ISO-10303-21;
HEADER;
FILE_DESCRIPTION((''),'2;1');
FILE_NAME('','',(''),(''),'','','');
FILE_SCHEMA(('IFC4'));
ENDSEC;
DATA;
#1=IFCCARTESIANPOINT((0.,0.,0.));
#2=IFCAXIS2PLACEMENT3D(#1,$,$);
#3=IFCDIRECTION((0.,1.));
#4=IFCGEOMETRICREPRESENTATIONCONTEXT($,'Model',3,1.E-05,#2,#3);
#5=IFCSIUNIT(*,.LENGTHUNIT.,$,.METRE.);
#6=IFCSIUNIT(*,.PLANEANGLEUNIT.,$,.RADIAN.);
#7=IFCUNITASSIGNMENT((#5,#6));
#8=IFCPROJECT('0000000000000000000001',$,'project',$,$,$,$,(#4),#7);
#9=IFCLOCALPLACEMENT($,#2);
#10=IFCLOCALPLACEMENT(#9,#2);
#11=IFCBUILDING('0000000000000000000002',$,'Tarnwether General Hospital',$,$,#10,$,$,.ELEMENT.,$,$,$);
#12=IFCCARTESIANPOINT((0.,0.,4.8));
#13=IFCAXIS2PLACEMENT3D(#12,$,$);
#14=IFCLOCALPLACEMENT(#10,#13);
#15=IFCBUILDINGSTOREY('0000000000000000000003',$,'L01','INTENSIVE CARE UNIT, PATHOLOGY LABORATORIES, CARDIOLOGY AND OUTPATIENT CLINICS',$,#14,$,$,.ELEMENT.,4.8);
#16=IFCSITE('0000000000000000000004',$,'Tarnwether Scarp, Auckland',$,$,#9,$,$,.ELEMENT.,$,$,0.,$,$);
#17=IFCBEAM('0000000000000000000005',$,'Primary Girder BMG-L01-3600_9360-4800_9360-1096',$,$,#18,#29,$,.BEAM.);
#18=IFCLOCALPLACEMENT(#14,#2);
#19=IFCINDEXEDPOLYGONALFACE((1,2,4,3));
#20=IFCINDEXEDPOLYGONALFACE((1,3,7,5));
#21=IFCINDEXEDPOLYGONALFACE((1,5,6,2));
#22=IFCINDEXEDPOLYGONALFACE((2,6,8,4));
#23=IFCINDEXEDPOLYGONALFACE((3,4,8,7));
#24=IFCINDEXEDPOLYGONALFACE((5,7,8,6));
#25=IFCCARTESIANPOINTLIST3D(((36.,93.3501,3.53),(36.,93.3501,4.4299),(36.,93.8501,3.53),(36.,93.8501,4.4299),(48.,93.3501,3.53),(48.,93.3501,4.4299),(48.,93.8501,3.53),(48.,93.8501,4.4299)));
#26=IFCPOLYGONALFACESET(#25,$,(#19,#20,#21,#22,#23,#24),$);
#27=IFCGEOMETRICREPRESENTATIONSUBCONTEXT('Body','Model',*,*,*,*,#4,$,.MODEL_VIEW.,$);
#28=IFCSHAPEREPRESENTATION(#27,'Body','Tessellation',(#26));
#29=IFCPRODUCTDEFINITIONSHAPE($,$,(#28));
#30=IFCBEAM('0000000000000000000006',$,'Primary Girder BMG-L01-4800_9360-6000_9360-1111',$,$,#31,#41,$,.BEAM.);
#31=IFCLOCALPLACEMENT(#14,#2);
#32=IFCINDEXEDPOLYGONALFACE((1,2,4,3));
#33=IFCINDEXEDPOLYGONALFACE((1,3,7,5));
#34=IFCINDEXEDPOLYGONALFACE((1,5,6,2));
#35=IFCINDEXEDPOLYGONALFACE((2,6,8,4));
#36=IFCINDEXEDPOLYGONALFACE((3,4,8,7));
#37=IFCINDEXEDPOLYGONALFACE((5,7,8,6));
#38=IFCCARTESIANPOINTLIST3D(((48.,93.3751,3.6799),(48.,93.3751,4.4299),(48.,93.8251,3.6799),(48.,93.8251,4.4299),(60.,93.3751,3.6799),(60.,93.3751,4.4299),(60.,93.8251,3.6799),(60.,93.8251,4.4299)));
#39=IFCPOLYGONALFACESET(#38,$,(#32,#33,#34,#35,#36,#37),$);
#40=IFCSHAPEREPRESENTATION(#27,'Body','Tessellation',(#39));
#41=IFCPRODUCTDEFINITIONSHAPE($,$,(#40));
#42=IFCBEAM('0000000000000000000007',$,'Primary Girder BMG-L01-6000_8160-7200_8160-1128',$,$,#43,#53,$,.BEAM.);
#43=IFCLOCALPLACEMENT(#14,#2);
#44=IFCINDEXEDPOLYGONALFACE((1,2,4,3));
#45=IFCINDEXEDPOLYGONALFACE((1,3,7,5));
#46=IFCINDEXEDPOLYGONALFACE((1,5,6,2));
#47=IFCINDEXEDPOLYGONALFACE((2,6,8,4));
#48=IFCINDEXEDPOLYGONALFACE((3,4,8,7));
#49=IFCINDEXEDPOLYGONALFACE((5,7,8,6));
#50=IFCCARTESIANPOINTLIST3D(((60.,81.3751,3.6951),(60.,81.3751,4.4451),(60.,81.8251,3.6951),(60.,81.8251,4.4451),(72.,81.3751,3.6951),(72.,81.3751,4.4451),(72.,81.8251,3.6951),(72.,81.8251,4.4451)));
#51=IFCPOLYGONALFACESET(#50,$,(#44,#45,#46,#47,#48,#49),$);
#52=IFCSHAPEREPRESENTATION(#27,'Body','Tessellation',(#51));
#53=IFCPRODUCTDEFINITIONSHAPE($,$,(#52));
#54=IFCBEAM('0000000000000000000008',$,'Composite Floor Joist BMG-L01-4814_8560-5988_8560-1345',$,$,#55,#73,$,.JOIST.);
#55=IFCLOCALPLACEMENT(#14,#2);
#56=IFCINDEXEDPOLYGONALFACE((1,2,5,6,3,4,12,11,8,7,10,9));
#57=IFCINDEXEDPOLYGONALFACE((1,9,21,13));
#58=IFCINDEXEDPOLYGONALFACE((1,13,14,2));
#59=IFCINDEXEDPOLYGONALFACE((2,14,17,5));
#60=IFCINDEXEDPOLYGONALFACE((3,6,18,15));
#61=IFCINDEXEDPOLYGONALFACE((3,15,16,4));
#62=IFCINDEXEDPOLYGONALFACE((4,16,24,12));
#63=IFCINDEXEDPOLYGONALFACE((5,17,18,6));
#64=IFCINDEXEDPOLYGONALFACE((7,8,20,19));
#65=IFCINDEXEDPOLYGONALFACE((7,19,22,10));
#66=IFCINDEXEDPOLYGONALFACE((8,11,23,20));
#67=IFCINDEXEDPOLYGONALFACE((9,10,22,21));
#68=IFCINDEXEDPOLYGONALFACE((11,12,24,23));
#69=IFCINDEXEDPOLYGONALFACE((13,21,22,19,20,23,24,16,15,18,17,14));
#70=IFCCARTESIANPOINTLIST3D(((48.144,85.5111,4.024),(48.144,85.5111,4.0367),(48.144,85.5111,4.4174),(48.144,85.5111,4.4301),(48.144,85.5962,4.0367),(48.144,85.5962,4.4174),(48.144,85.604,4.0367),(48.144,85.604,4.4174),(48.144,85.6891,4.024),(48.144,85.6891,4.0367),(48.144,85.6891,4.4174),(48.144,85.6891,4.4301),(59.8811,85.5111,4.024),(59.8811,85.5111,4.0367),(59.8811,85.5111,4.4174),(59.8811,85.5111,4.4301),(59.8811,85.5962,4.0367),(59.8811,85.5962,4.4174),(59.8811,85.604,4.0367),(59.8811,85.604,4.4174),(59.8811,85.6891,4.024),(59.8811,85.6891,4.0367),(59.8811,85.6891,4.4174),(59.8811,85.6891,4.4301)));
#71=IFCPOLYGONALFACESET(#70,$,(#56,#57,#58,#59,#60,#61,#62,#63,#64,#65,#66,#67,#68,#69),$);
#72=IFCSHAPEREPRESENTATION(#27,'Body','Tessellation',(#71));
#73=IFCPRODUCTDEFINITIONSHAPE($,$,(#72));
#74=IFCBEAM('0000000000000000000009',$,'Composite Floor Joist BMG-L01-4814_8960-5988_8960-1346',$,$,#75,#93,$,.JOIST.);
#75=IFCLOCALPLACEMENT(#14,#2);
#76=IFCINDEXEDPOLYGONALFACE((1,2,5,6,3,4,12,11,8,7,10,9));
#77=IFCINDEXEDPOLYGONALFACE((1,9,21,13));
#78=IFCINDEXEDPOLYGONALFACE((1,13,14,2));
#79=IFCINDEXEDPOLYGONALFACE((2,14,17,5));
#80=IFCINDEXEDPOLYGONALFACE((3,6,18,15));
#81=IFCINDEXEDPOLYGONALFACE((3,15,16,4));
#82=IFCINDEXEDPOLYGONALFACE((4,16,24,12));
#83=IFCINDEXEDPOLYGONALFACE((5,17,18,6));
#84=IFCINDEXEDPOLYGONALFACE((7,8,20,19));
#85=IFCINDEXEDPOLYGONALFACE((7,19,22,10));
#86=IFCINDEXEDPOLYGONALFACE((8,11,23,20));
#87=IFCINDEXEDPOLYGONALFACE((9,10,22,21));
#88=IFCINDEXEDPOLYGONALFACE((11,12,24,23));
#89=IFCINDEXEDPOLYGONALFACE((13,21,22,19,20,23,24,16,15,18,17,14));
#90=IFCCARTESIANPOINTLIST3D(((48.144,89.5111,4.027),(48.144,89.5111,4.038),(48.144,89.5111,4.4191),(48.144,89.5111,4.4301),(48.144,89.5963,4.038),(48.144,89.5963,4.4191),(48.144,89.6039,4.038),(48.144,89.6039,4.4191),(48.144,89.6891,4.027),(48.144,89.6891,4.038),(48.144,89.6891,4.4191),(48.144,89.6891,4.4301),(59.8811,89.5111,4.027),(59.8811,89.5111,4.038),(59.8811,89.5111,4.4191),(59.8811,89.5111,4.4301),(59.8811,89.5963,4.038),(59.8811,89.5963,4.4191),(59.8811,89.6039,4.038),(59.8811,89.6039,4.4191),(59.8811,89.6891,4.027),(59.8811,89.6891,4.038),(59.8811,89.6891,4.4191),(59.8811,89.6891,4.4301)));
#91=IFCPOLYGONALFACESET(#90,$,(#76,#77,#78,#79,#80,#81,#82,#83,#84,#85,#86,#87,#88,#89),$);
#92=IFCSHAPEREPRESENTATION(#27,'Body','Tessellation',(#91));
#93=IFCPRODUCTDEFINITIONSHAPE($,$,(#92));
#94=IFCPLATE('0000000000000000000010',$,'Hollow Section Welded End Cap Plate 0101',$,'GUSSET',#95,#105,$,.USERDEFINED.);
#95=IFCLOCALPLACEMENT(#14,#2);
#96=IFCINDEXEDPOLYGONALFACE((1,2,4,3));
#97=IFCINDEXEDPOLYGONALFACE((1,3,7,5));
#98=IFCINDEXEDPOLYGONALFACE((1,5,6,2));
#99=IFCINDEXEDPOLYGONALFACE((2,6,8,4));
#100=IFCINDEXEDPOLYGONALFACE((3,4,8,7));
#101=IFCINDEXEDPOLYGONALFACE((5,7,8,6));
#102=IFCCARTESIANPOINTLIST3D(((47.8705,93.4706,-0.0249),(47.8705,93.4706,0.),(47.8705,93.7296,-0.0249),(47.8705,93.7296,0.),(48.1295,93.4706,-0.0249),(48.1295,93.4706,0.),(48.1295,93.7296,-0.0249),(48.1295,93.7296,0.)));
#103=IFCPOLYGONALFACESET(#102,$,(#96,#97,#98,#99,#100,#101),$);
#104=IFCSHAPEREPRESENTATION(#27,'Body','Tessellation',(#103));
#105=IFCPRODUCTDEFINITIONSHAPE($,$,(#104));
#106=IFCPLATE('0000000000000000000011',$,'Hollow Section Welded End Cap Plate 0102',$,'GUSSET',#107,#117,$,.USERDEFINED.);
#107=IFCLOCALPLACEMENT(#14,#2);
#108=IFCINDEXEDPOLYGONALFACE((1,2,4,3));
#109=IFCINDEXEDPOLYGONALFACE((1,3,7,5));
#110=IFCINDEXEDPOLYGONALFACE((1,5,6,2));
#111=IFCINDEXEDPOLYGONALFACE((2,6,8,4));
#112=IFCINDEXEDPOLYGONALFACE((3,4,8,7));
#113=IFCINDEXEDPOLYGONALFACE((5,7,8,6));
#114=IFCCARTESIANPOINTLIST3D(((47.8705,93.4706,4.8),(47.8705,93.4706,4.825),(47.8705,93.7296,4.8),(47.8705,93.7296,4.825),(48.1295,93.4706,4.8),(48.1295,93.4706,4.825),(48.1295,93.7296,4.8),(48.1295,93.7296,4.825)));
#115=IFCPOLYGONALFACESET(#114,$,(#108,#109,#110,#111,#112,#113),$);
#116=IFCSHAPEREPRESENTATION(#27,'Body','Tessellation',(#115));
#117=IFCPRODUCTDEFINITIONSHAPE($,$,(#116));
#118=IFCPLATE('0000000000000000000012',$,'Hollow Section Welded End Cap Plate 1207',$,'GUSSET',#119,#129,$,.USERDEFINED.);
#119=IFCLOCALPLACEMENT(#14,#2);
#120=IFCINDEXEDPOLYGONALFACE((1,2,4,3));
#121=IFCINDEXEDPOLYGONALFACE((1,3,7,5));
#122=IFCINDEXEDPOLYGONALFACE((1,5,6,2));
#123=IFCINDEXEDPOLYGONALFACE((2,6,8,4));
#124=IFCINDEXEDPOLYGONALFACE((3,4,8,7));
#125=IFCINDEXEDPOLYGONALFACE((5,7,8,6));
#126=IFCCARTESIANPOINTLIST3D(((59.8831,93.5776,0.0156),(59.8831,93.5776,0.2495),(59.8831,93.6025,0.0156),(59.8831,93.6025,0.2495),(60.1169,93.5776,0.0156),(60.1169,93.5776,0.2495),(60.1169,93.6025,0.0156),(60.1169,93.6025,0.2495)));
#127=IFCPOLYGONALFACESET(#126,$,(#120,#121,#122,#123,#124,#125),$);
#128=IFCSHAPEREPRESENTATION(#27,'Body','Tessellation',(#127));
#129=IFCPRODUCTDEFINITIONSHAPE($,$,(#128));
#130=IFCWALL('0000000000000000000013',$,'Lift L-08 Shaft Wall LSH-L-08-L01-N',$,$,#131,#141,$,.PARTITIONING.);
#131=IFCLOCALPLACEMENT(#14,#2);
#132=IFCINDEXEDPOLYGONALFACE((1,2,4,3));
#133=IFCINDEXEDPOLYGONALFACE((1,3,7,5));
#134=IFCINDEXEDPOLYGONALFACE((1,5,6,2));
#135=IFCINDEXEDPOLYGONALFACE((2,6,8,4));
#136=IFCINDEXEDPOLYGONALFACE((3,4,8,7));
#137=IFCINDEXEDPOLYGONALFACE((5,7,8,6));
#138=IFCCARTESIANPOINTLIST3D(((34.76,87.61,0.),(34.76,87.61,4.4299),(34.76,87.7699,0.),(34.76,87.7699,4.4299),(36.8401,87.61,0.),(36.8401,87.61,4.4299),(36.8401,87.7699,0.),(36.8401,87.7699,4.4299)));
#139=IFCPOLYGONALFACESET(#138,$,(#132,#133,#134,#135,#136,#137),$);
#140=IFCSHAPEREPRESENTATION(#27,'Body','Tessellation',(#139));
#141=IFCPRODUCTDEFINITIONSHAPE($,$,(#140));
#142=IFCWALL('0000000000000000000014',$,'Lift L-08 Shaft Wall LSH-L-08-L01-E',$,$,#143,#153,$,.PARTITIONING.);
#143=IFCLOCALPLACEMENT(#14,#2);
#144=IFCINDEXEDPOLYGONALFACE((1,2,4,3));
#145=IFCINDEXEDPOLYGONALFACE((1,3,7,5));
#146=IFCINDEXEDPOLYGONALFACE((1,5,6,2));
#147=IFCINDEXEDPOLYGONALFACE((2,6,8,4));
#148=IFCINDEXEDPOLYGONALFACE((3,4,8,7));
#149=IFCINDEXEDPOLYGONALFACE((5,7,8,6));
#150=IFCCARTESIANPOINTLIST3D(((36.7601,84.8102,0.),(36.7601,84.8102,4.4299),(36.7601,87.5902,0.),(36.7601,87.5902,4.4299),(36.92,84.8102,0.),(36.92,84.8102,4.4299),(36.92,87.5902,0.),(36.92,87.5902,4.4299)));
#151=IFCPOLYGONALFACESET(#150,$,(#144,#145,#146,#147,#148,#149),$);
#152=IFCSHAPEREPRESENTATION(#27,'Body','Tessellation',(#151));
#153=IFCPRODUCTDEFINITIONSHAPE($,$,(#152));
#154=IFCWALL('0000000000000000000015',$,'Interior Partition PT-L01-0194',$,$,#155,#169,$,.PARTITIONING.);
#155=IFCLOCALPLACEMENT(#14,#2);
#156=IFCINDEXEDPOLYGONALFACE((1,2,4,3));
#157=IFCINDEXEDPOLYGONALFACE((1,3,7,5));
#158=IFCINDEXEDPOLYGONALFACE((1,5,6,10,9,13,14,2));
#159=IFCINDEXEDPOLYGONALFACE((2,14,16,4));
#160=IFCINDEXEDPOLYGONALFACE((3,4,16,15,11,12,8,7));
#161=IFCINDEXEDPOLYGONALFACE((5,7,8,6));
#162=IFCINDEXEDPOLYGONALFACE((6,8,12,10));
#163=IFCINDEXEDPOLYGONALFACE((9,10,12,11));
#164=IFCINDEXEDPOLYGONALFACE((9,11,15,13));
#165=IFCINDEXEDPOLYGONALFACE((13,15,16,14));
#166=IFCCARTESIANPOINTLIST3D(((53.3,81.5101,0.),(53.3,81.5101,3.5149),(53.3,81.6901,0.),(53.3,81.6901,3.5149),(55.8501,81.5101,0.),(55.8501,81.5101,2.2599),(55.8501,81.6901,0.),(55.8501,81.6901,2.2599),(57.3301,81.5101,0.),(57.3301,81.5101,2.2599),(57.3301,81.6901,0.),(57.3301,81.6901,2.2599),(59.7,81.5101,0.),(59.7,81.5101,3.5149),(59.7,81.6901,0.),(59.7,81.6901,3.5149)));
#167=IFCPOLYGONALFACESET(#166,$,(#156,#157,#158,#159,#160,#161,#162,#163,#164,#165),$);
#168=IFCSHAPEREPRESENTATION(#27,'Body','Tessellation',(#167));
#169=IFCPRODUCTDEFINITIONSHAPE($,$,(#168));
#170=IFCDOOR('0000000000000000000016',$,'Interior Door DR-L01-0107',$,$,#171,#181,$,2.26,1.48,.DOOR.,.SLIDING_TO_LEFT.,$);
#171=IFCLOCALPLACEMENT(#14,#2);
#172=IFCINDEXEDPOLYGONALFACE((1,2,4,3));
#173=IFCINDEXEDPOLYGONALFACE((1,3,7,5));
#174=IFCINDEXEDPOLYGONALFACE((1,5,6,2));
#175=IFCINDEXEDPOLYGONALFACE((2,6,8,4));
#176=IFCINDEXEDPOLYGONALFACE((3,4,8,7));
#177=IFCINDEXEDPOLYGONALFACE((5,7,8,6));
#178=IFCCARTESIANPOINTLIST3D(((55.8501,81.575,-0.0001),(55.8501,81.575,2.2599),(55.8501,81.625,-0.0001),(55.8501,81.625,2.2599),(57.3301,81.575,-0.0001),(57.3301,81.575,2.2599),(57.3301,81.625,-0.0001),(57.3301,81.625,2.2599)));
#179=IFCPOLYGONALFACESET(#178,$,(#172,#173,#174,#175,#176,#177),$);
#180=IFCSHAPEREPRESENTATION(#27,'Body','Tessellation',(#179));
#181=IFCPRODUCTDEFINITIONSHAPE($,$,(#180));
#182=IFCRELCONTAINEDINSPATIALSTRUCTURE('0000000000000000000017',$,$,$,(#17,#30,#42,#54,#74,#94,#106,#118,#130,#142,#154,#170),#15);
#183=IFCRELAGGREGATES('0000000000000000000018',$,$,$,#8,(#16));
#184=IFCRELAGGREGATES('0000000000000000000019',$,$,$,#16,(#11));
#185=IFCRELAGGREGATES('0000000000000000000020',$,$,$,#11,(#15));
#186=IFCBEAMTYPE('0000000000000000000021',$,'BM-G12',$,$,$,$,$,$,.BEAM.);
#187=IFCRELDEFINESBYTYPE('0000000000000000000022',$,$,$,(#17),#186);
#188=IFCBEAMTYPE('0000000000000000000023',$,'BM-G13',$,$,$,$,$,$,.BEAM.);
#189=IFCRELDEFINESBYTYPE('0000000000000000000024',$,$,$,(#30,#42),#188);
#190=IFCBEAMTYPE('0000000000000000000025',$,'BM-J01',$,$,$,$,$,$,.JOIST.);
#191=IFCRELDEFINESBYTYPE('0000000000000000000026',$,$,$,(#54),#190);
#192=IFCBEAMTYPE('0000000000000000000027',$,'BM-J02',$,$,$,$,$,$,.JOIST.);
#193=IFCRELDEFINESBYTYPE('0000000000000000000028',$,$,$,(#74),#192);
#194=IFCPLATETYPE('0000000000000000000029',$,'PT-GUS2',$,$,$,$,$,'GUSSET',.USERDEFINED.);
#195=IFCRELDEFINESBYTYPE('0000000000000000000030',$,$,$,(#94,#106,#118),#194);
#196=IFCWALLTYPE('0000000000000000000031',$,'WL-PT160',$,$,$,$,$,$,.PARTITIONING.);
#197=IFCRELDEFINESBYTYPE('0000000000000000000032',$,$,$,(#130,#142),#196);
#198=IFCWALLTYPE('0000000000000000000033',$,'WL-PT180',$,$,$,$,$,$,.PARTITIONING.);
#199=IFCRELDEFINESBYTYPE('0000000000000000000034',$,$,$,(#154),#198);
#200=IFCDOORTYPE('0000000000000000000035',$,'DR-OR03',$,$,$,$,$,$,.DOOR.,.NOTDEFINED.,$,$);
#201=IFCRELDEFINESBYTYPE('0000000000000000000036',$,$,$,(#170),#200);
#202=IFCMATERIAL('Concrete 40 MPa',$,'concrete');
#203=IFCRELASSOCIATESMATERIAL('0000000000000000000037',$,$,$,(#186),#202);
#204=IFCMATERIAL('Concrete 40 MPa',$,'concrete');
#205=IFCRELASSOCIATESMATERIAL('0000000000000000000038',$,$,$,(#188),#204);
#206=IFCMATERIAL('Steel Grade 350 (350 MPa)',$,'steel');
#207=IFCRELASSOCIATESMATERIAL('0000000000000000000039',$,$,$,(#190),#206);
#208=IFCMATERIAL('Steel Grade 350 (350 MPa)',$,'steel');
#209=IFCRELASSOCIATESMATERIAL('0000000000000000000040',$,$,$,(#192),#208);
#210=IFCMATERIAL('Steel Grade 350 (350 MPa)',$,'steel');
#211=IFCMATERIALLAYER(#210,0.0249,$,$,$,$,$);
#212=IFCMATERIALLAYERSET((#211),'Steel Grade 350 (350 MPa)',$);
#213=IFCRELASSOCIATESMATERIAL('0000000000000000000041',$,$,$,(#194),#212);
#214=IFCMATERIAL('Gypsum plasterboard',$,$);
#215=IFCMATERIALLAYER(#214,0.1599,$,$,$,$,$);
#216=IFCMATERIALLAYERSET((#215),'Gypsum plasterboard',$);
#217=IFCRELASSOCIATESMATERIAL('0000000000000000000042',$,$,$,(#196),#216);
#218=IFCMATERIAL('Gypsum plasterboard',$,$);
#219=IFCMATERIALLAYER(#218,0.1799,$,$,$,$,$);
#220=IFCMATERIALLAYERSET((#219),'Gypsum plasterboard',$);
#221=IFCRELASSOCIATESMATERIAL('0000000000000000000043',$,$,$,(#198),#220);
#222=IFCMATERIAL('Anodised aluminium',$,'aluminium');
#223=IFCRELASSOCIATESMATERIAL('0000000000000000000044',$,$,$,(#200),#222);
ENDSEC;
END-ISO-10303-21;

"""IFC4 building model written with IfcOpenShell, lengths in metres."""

from ifc_helpers import new_model, si_unit, direction, frame, frame_2d, origin, origin_2d, place, context, subcontext, project, spatial, rectangle, i_section, extrude, material, layer, layer_set, material_profile, profile_set, type_object, element, fill, save


model = new_model("IFC4")

# Units and contexts
model_context = context("Model", 3, precision=1e-05, world=origin(), true_north=direction((0.0, 1.0)))
body_context = subcontext(model_context, "Body", "Model", "MODEL_VIEW")
ifc_project = project(units=[si_unit("LENGTHUNIT", "METRE"), si_unit("PLANEANGLEUNIT", "RADIAN")], contexts=[model_context])

# Site, building, storey
site_placement = place(None, origin())
site = spatial("IfcSite", under=ifc_project, at=site_placement, Name="Tarnwether Scarp, Auckland", CompositionType="ELEMENT", RefElevation=0.0)
building_placement = place(site_placement, origin())
building = spatial("IfcBuilding", under=site, at=building_placement, Name="Tarnwether General Hospital", CompositionType="ELEMENT")
storey_placement = place(building_placement, frame((0.0, 0.0, 4.8)))
storey = spatial("IfcBuildingStorey", under=building, at=storey_placement, Name="L01", Description="INTENSIVE CARE UNIT, PATHOLOGY LABORATORIES, CARDIOLOGY AND OUTPATIENT CLINICS", CompositionType="ELEMENT", Elevation=4.8)

# Beams
ifc_material_1 = material(Name="Concrete 40 MPa", Category="concrete")
ifc_material_profile_1 = material_profile(ifc_material_1, rectangle(XDim=0.5, YDim=0.8999, at=origin_2d()), Name="RC-BM-500x900")
ifc_profile_set_1 = profile_set([ifc_material_profile_1], Name="Concrete 40 MPa")
beam_type_1 = type_object("IfcBeamType", Name="BM-G12", PredefinedType="BEAM", material=ifc_profile_set_1)
beam_1_placement = place(storey_placement, frame((36.0, 93.6001, 3.98), z_axis=(1.0, 0.0, 0.0), x_axis=(0.0, 1.0, 0.0)))
element("IfcBeam", 1, at=beam_1_placement, inside=storey, type_object=beam_type_1, Name="Primary Girder BMG-L01-3600_9360-4800_9360-1096", PredefinedType="BEAM", context=body_context, shape_type="SweptSolid", body=[
    extrude(rectangle(XDim=0.5, YDim=0.8999, at=origin_2d()), origin(), (0.0, 0.0, 1.0), 12.0),
])
ifc_material_2 = material(Name="Concrete 40 MPa", Category="concrete")
ifc_material_profile_2 = material_profile(ifc_material_2, rectangle(XDim=0.45, YDim=0.75, at=origin_2d()), Name="RC-BM-450x750")
ifc_profile_set_2 = profile_set([ifc_material_profile_2], Name="Concrete 40 MPa")
beam_type_2 = type_object("IfcBeamType", Name="BM-G13", PredefinedType="BEAM", material=ifc_profile_set_2)
for number, where, z_axis, x_axis, name in (
    (2, (48.0, 93.6001, 4.0549), (1.0, 0.0, 0.0), (0.0, 1.0, 0.0), "Primary Girder BMG-L01-4800_9360-6000_9360-1111"),
    (3, (60.0, 81.6001, 4.0701), (1.0, 0.0, 0.0), (0.0, 1.0, 0.0), "Primary Girder BMG-L01-6000_8160-7200_8160-1128"),
):
    element("IfcBeam", number, at=place(storey_placement, frame(where, z_axis=z_axis, x_axis=x_axis)), inside=storey, type_object=beam_type_2, Name=name, PredefinedType="BEAM", context=body_context, shape_type="SweptSolid", body=[
        extrude(rectangle(XDim=0.45, YDim=0.75, at=origin_2d()), origin(), (0.0, 0.0, 1.0), 12.0),
    ])
ifc_material_3 = material(Name="Steel Grade 350 (350 MPa)", Category="steel")
ifc_material_profile_3 = material_profile(ifc_material_3, i_section(OverallWidth=0.178, OverallDepth=0.406, WebThickness=0.0078, FlangeThickness=0.0127, at=origin_2d()), Name="410UB59.7")
ifc_profile_set_3 = profile_set([ifc_material_profile_3], Name="Steel Grade 350 (350 MPa)")
beam_type_3 = type_object("IfcBeamType", Name="BM-J01", PredefinedType="JOIST", material=ifc_profile_set_3)
beam_2_placement = place(storey_placement, frame((48.144, 85.6001, 4.2271), z_axis=(1.0, 0.0, 0.0), x_axis=(0.0, 1.0, 0.0)))
element("IfcBeam", 4, at=beam_2_placement, inside=storey, type_object=beam_type_3, Name="Composite Floor Joist BMG-L01-4814_8560-5988_8560-1345", PredefinedType="JOIST", context=body_context, shape_type="SweptSolid", body=[
    extrude(i_section(OverallWidth=0.178, OverallDepth=0.406, WebThickness=0.0078, FlangeThickness=0.0127, at=origin_2d()), origin(), (0.0, 0.0, 1.0), 11.7371),
])
ifc_material_4 = material(Name="Steel Grade 350 (350 MPa)", Category="steel")
ifc_material_profile_4 = material_profile(ifc_material_4, i_section(OverallWidth=0.178, OverallDepth=0.4031, WebThickness=0.0076, FlangeThickness=0.011, at=origin_2d()), Name="410UB53.7")
ifc_profile_set_4 = profile_set([ifc_material_profile_4], Name="Steel Grade 350 (350 MPa)")
beam_type_4 = type_object("IfcBeamType", Name="BM-J02", PredefinedType="JOIST", material=ifc_profile_set_4)
beam_3_placement = place(storey_placement, frame((48.144, 89.6001, 4.2285), z_axis=(1.0, 0.0, 0.0), x_axis=(0.0, 1.0, 0.0)))
element("IfcBeam", 5, at=beam_3_placement, inside=storey, type_object=beam_type_4, Name="Composite Floor Joist BMG-L01-4814_8960-5988_8960-1346", PredefinedType="JOIST", context=body_context, shape_type="SweptSolid", body=[
    extrude(i_section(OverallWidth=0.178, OverallDepth=0.4031, WebThickness=0.0076, FlangeThickness=0.011, at=origin_2d()), origin(), (0.0, 0.0, 1.0), 11.7371),
])

# Plates
ifc_material_5 = material(Name="Steel Grade 350 (350 MPa)", Category="steel")
ifc_layer_1 = layer(ifc_material_5, 0.0249)
ifc_layer_set_1 = layer_set([ifc_layer_1], Name="Steel Grade 350 (350 MPa)")
plate_type = type_object("IfcPlateType", Name="PT-GUS2", ElementType="GUSSET", PredefinedType="USERDEFINED", material=ifc_layer_set_1)
for number, where, z_axis, x_axis, name in (
    (6, (48.0, 93.6001, -0.0249), (0.0, 0.0, 1.0), (1.0, 0.0, 0.0), "Hollow Section Welded End Cap Plate 0101"),
    (7, (48.0, 93.6001, 4.8), (0.0, 0.0, 1.0), (1.0, 0.0, 0.0), "Hollow Section Welded End Cap Plate 0102"),
):
    element("IfcPlate", number, at=place(storey_placement, frame(where, z_axis=z_axis, x_axis=x_axis)), inside=storey, type_object=plate_type, Name=name, ObjectType="GUSSET", PredefinedType="USERDEFINED", context=body_context, shape_type="SweptSolid", body=[
        extrude(rectangle(XDim=0.259, YDim=0.259, at=origin_2d()), origin(), (0.0, 0.0, 1.0), 0.0249),
    ])
plate_placement = place(storey_placement, frame((60.0, 93.5901, 0.0156), z_axis=(0.0, 0.0, 1.0), x_axis=(0.0, 1.0, 0.0)))
element("IfcPlate", 8, at=plate_placement, inside=storey, type_object=plate_type, Name="Hollow Section Welded End Cap Plate 1207", ObjectType="GUSSET", PredefinedType="USERDEFINED", context=body_context, shape_type="SweptSolid", body=[
    extrude(rectangle(XDim=0.0249, YDim=0.2339, at=origin_2d()), origin(), (0.0, 0.0, 1.0), 0.2339),
])

# Walls
ifc_material_6 = material(Name="Gypsum plasterboard")
ifc_layer_2 = layer(ifc_material_6, 0.1599)
ifc_layer_set_2 = layer_set([ifc_layer_2], Name="Gypsum plasterboard")
wall_type_1 = type_object("IfcWallType", Name="WL-PT160", PredefinedType="PARTITIONING", material=ifc_layer_set_2)
wall_1_placement = place(storey_placement, frame((36.8401, 87.6899, 0.0), z_axis=(0.0, 0.0, 1.0), x_axis=(-1.0, 0.0, 0.0)))
element("IfcWall", 9, at=wall_1_placement, inside=storey, type_object=wall_type_1, Name="Lift L-08 Shaft Wall LSH-L-08-L01-N", PredefinedType="PARTITIONING", context=body_context, shape_type="SweptSolid", body=[
    extrude(rectangle(XDim=2.0801, YDim=0.1599, at=frame_2d((1.04, 0.0))), origin(), (0.0, 0.0, 1.0), 4.4299),
])
wall_2_placement = place(storey_placement, frame((36.8401, 84.8101, 0.0), z_axis=(0.0, 0.0, 1.0), x_axis=(0.0, 1.0, 0.0)))
element("IfcWall", 10, at=wall_2_placement, inside=storey, type_object=wall_type_1, Name="Lift L-08 Shaft Wall LSH-L-08-L01-E", PredefinedType="PARTITIONING", context=body_context, shape_type="SweptSolid", body=[
    extrude(rectangle(XDim=2.78, YDim=0.1599, at=frame_2d((1.3901, 0.0))), origin(), (0.0, 0.0, 1.0), 4.4299),
])

# Wall, opening, door
ifc_material_7 = material(Name="Gypsum plasterboard")
ifc_layer_3 = layer(ifc_material_7, 0.1799)
ifc_layer_set_3 = layer_set([ifc_layer_3], Name="Gypsum plasterboard")
wall_type_2 = type_object("IfcWallType", Name="WL-PT180", PredefinedType="PARTITIONING", material=ifc_layer_set_3)
wall_3_placement = place(storey_placement, frame((53.3, 81.6001, 0.0), z_axis=(0.0, 0.0, 1.0), x_axis=(1.0, 0.0, 0.0)))
wall_3 = element("IfcWall", 11, at=wall_3_placement, inside=storey, type_object=wall_type_2, Name="Interior Partition PT-L01-0194", PredefinedType="PARTITIONING", context=body_context, shape_type="SweptSolid", body=[
    extrude(rectangle(XDim=6.3999, YDim=0.1799, at=frame_2d((3.2, 0.0))), origin(), (0.0, 0.0, 1.0), 3.5149),
])
opening_placement = place(wall_3_placement, frame((2.55, 0.0, 0.0)))
opening = element("IfcOpeningElement", 12, at=opening_placement, cuts=wall_3, PredefinedType="OPENING", context=body_context, shape_type="SweptSolid", body=[
    extrude(rectangle(XDim=1.48, YDim=2.26, at=frame_2d((0.74, 1.1299))), frame((0.0, 0.1001, 0.0), z_axis=(0.0, -1.0, 0.0), x_axis=(1.0, 0.0, 0.0)), (0.0, 0.0, 1.0), 0.2),
])
ifc_material_8 = material(Name="Anodised aluminium", Category="aluminium")
door_type = type_object("IfcDoorType", Name="DR-OR03", OperationType="NOTDEFINED", PredefinedType="DOOR", material=ifc_material_8)
door_placement = place(opening_placement, origin())
door = element("IfcDoor", 13, at=door_placement, inside=storey, type_object=door_type, Name="Interior Door DR-L01-0107", OperationType="SLIDING_TO_LEFT", OverallHeight=2.26, OverallWidth=1.48, PredefinedType="DOOR", context=body_context, shape_type="SweptSolid", body=[
    extrude(rectangle(XDim=1.48, YDim=2.26, at=frame_2d((0.74, 1.1299))), frame((0.0, 0.0249, 0.0), z_axis=(0.0, -1.0, 0.0), x_axis=(1.0, 0.0, 0.0)), (0.0, 0.0, 1.0), 0.05),
])
fill(opening, door)

save(model, "model.ifc")
